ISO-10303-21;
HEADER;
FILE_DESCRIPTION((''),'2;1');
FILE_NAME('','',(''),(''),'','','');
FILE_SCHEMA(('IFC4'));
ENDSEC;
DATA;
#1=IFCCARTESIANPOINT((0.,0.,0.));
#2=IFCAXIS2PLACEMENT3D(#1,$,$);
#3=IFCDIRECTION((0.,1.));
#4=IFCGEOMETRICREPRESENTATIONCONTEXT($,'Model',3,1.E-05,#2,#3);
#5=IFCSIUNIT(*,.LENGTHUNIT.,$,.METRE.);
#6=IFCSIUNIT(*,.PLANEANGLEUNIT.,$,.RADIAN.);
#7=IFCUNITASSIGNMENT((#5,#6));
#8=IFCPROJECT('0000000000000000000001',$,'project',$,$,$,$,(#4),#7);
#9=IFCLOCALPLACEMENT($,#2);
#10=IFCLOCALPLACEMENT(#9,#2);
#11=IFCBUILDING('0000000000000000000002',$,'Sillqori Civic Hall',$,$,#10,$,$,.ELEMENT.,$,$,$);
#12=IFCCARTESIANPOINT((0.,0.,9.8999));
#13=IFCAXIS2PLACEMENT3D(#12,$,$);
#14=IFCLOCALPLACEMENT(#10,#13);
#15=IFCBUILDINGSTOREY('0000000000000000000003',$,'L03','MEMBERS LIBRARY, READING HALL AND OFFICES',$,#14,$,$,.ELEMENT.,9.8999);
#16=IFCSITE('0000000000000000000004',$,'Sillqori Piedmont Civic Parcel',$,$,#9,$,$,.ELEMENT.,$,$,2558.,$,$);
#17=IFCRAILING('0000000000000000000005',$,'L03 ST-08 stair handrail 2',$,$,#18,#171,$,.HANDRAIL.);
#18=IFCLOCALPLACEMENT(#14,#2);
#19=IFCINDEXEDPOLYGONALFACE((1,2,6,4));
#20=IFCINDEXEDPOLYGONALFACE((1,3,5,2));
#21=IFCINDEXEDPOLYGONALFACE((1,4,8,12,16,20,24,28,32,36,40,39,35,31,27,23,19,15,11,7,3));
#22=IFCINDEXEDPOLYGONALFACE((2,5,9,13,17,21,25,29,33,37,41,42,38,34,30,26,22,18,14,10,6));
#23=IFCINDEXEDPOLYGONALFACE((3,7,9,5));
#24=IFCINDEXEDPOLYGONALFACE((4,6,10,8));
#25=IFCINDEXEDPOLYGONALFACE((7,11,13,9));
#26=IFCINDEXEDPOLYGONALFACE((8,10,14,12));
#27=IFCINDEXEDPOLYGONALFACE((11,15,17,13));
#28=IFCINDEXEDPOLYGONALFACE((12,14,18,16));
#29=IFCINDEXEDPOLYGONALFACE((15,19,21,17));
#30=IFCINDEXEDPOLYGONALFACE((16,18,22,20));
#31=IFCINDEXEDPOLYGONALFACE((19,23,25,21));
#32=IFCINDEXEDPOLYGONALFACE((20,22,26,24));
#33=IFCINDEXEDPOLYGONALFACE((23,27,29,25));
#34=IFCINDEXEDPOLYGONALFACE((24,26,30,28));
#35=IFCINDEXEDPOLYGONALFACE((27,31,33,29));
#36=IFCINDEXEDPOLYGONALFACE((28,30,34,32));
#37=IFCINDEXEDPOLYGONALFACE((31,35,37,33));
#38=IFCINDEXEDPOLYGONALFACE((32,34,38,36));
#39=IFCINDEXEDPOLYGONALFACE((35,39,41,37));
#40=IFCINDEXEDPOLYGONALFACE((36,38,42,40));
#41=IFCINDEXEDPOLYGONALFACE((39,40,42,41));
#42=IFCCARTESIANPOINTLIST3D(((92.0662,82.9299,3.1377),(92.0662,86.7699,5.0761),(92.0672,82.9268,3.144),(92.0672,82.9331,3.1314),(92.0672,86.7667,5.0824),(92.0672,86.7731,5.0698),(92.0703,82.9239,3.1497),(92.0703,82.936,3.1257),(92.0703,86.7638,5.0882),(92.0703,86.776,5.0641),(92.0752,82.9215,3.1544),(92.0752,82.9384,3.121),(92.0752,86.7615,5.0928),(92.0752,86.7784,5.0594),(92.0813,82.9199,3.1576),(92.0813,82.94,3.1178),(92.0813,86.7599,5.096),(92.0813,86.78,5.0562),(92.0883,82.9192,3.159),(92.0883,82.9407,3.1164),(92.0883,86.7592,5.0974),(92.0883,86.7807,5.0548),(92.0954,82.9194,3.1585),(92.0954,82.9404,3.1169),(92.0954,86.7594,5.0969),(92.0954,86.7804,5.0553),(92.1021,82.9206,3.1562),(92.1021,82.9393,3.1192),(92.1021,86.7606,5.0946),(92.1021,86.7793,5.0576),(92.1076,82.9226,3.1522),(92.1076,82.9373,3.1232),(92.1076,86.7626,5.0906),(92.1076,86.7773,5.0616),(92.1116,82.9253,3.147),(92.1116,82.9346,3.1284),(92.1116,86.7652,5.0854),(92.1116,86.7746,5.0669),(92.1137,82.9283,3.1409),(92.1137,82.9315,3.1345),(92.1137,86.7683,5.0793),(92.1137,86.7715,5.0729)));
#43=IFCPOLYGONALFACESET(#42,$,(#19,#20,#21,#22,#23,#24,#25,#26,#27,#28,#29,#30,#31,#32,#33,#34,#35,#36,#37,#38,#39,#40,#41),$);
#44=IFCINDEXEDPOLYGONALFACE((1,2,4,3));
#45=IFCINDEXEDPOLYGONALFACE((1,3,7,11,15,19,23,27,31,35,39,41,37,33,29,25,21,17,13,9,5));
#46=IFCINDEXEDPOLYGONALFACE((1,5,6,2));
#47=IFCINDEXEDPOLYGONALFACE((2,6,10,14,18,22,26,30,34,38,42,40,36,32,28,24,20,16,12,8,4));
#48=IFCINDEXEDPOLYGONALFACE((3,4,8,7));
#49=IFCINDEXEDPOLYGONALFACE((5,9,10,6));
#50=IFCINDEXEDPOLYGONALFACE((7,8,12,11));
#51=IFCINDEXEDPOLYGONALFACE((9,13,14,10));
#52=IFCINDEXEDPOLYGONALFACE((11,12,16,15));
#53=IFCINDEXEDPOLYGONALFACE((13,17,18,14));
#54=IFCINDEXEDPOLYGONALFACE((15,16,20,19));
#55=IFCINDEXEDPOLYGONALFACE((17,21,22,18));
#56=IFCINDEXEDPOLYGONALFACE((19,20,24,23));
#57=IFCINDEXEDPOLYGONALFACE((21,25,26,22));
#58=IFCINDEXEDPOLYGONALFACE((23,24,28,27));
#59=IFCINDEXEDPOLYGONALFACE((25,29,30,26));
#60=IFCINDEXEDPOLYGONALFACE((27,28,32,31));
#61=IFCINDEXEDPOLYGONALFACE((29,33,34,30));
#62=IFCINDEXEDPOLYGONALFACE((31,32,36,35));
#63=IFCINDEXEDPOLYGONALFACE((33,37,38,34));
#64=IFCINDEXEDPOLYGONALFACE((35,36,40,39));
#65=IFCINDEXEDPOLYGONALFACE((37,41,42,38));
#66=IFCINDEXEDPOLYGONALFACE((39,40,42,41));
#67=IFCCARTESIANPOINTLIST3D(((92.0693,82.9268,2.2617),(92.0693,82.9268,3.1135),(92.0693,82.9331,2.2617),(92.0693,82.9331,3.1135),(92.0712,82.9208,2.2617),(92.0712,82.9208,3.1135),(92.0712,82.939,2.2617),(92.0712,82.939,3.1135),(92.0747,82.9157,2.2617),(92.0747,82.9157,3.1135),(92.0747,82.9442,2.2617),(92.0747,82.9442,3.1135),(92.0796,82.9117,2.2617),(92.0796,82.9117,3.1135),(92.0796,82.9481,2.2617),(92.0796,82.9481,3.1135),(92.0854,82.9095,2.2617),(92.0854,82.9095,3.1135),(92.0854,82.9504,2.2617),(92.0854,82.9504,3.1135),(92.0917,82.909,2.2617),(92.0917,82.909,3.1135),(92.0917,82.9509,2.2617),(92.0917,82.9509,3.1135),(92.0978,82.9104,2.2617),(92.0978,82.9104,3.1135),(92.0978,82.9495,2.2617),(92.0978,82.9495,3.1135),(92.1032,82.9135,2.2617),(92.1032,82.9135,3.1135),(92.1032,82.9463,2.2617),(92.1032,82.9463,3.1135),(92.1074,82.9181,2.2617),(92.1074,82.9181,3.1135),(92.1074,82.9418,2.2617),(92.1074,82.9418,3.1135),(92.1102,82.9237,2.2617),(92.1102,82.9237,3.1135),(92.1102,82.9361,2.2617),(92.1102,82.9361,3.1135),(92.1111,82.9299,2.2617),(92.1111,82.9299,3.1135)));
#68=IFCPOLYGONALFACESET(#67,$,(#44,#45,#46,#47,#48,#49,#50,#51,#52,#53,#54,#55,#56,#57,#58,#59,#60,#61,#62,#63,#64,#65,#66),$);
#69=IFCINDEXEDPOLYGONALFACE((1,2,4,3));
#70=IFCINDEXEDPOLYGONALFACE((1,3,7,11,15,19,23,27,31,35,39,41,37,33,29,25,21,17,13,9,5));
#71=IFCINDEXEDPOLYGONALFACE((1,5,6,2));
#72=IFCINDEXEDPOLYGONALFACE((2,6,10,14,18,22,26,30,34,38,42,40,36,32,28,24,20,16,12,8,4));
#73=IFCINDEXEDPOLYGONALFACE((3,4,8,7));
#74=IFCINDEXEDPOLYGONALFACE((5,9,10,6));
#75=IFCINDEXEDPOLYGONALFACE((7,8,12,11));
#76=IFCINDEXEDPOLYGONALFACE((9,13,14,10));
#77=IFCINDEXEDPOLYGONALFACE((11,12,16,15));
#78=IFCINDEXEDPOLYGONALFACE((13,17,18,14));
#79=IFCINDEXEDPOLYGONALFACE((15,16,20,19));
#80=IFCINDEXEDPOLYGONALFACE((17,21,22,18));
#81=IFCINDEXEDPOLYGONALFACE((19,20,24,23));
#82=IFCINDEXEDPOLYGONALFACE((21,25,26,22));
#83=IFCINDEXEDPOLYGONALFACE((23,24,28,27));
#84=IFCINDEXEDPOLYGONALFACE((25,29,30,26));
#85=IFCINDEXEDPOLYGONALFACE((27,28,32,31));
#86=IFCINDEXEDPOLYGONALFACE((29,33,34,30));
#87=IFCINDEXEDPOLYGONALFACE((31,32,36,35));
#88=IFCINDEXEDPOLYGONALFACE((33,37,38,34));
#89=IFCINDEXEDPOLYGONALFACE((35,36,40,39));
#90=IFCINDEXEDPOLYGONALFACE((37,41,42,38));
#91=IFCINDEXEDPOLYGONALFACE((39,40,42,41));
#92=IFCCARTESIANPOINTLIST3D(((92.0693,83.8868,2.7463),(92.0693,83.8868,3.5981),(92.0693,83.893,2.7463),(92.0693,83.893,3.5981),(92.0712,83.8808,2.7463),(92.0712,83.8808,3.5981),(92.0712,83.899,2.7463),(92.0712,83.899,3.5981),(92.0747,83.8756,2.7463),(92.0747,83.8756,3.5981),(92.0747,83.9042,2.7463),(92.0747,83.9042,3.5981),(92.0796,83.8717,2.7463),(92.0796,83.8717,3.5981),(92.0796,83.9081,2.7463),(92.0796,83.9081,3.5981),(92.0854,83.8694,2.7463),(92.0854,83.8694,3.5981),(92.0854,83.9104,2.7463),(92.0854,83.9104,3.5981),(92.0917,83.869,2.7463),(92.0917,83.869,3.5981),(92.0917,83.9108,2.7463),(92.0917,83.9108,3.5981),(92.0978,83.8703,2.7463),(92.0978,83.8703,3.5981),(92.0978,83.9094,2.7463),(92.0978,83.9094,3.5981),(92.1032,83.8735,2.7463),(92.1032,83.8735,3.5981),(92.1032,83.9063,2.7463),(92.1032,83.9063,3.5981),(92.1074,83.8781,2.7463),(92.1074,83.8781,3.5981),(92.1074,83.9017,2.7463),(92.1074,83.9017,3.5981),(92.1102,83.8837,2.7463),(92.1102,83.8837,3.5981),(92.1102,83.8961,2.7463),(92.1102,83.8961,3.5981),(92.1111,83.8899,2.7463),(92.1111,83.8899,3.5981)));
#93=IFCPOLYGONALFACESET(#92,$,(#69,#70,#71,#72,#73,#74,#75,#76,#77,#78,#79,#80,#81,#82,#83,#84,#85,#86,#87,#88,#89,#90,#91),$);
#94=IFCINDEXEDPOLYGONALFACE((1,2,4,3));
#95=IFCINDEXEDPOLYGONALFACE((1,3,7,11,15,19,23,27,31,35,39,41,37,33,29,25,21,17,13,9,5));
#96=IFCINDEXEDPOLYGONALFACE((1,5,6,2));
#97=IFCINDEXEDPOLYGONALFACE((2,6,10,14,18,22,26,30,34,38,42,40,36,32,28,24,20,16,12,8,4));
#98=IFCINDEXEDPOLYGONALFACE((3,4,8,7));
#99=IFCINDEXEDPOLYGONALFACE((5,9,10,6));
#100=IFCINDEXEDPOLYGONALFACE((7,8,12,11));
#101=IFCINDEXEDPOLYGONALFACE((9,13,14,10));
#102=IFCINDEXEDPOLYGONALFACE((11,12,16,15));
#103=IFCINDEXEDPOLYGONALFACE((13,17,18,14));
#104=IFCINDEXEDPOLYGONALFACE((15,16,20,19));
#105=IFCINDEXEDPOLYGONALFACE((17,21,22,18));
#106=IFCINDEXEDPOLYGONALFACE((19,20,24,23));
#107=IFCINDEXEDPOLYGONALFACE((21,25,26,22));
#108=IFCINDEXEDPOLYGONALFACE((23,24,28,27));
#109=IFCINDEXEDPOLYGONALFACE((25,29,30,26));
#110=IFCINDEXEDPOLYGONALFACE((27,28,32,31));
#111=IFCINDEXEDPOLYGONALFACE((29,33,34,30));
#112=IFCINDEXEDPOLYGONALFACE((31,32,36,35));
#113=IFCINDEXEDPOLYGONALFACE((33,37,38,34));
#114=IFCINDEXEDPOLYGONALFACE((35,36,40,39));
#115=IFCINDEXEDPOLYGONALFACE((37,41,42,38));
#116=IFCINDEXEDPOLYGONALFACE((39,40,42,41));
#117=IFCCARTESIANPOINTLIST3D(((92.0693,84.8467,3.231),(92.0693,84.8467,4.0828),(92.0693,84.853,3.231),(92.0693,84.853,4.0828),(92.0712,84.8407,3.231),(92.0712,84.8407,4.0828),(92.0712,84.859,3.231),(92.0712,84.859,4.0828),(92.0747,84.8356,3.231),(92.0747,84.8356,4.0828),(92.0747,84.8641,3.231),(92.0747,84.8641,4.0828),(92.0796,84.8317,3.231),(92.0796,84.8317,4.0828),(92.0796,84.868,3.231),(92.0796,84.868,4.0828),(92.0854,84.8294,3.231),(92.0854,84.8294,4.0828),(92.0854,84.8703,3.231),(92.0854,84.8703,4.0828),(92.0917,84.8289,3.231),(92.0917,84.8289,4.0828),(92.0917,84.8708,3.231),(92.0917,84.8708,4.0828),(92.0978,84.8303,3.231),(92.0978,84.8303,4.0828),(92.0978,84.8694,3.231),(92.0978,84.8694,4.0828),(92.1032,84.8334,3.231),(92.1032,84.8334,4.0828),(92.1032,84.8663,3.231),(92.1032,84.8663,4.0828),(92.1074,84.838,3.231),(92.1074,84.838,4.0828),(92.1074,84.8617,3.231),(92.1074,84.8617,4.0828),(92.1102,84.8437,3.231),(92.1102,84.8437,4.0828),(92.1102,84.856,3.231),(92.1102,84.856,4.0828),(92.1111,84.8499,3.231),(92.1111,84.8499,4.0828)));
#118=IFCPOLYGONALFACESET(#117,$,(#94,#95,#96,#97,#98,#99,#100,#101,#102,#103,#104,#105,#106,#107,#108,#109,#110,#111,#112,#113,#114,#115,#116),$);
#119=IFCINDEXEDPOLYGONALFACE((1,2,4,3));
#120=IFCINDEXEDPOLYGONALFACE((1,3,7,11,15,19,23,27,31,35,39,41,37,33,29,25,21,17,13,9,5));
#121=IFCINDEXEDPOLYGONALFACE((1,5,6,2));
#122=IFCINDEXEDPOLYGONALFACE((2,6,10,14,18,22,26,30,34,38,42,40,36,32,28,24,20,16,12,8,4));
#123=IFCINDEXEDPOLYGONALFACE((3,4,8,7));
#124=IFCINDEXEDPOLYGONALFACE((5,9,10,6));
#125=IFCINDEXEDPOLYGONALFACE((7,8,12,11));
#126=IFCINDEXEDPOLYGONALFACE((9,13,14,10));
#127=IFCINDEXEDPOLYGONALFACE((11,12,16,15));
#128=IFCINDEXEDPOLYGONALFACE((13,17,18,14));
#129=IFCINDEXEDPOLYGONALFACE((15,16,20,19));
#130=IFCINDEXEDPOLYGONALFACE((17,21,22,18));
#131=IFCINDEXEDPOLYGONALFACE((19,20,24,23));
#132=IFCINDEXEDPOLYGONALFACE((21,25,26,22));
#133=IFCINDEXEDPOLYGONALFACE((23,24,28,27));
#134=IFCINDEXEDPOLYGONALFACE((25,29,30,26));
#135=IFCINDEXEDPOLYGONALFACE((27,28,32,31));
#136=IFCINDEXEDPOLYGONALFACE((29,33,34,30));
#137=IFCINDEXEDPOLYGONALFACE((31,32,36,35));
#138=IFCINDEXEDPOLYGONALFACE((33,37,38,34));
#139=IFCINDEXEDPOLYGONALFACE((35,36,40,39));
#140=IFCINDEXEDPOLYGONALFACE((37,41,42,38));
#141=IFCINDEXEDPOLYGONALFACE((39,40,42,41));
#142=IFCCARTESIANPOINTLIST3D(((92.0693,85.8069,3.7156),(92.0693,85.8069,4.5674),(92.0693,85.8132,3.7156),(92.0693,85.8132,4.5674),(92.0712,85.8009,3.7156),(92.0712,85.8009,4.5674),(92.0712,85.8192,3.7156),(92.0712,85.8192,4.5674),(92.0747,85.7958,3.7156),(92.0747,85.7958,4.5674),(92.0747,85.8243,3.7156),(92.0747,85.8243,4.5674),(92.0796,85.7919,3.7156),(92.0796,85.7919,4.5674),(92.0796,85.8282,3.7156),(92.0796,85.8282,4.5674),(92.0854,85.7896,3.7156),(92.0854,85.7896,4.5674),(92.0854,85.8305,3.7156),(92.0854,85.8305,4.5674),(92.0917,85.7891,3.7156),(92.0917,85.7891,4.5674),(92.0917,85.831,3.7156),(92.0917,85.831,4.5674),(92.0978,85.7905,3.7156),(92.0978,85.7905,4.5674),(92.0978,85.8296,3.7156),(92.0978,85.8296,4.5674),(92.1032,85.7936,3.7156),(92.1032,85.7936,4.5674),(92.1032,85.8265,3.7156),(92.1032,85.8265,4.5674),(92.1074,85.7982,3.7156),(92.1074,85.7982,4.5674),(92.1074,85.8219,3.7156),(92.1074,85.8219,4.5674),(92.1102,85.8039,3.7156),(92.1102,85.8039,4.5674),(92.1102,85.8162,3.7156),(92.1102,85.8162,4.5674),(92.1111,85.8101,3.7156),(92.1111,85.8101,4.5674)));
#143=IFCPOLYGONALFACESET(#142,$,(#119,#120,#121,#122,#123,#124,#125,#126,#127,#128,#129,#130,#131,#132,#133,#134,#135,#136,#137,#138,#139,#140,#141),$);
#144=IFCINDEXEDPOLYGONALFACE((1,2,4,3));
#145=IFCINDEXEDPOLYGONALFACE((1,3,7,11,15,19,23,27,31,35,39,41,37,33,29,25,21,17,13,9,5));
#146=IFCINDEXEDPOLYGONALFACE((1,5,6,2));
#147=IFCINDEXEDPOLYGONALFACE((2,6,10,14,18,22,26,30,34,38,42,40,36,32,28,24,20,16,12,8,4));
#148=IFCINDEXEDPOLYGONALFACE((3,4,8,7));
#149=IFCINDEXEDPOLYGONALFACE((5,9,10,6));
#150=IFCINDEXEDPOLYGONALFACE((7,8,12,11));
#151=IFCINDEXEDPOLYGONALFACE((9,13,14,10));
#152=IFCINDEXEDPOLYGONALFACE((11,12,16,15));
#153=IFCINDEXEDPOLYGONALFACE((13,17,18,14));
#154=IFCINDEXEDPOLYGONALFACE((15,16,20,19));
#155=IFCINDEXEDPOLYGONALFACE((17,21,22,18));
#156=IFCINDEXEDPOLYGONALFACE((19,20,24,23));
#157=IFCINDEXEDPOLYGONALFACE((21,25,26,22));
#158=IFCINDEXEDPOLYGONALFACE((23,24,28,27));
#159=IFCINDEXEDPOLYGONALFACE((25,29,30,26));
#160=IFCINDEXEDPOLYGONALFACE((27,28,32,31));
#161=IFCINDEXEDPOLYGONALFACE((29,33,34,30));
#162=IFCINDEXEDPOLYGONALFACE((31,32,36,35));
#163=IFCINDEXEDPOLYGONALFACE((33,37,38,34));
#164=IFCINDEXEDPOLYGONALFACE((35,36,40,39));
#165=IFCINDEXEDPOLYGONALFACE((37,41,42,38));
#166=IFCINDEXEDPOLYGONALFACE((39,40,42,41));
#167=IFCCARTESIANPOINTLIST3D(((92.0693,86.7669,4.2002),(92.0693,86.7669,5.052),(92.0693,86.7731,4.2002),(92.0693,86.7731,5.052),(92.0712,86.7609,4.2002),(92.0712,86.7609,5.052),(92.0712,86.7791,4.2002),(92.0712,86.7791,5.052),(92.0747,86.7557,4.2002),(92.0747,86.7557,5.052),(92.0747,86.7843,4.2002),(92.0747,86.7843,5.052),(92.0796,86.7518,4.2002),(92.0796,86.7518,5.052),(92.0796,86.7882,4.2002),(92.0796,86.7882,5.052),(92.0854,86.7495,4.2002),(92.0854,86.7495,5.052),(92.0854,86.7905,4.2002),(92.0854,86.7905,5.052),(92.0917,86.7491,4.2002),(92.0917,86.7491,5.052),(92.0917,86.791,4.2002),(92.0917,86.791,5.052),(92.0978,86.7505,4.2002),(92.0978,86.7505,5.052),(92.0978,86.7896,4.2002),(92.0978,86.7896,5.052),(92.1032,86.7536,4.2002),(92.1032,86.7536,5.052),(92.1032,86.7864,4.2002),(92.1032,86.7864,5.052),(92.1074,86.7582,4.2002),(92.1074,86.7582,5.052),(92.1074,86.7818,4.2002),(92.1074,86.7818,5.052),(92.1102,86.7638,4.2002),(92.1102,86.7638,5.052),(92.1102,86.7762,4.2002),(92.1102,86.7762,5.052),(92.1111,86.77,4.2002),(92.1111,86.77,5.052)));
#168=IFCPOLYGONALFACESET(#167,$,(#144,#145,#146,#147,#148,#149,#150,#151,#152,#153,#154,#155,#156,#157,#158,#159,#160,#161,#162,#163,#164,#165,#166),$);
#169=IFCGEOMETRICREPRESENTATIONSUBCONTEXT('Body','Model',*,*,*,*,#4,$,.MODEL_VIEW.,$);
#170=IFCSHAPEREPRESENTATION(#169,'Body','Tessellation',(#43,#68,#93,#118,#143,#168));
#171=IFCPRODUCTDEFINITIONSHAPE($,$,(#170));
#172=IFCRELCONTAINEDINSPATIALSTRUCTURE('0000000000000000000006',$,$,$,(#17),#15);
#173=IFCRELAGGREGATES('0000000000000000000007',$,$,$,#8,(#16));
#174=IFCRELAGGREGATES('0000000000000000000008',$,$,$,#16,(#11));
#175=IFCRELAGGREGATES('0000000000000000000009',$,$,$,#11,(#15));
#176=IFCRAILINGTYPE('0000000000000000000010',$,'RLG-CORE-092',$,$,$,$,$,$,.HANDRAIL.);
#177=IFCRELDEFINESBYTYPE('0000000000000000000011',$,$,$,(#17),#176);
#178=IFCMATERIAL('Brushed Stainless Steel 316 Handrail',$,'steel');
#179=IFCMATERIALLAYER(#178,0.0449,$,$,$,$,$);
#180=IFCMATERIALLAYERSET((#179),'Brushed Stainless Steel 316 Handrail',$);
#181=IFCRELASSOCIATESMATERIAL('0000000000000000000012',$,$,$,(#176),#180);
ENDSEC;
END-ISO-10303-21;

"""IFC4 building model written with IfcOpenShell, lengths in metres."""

from ifc_helpers import new_model, si_unit, direction, frame, origin, origin_2d, place, context, subcontext, project, spatial, circle, extrude, material, layer, layer_set, type_object, element, save


model = new_model("IFC4")

# Units and contexts
model_context = context("Model", 3, precision=1e-05, world=origin(), true_north=direction((0.0, 1.0)))
body_context = subcontext(model_context, "Body", "Model", "MODEL_VIEW")
ifc_project = project(units=[si_unit("LENGTHUNIT", "METRE"), si_unit("PLANEANGLEUNIT", "RADIAN")], contexts=[model_context])

# Site, building, storey
site_placement = place(None, origin())
site = spatial("IfcSite", under=ifc_project, at=site_placement, Name="Sillqori Piedmont Civic Parcel", CompositionType="ELEMENT", RefElevation=2558.0)
building_placement = place(site_placement, origin())
building = spatial("IfcBuilding", under=site, at=building_placement, Name="Sillqori Civic Hall", CompositionType="ELEMENT")
storey_placement = place(building_placement, frame((0.0, 0.0, 9.8999)))
storey = spatial("IfcBuildingStorey", under=building, at=storey_placement, Name="L03", Description="MEMBERS LIBRARY, READING HALL AND OFFICES", CompositionType="ELEMENT", Elevation=9.8999)

# Railing
ifc_material_1 = material(Name="Brushed Stainless Steel 316 Handrail", Category="steel")
ifc_layer_1 = layer(ifc_material_1, 0.0449)
ifc_layer_set_1 = layer_set([ifc_layer_1], Name="Brushed Stainless Steel 316 Handrail")
railing_type_1 = type_object("IfcRailingType", Name="RLG-CORE-092", PredefinedType="HANDRAIL", material=ifc_layer_set_1)
for number, where, name in (
    (1, (92.0901, 82.9299, 2.2617), "L03 ST-08 stair handrail 2"),
):
    element("IfcRailing", number, at=place(storey_placement, frame(where)), inside=storey, type_object=railing_type_1, Name=name, PredefinedType="HANDRAIL", context=body_context, shape_type="SweptSolid", body=[
        extrude(circle(Radius=0.0239, at=origin_2d()), frame((0.0, 0.0, 0.876), z_axis=(0.0, 0.892707, 0.450638), x_axis=(-1.0, 0.0, 0.0)), (0.0, 0.0, 1.0), 4.3015),
        extrude(circle(Radius=0.021, at=origin_2d()), origin(), (0.0, 0.0, 1.0), 0.8518),
        extrude(circle(Radius=0.021, at=origin_2d()), frame((0.0, 0.96, 0.4846)), (0.0, 0.0, 1.0), 0.8518),
        extrude(circle(Radius=0.021, at=origin_2d()), frame((0.0, 1.9199, 0.9692)), (0.0, 0.0, 1.0), 0.8518),
        extrude(circle(Radius=0.021, at=origin_2d()), frame((0.0, 2.8801, 1.4539)), (0.0, 0.0, 1.0), 0.8518),
        extrude(circle(Radius=0.021, at=origin_2d()), frame((0.0, 3.8401, 1.9385)), (0.0, 0.0, 1.0), 0.8518),
    ])

save(model, "model.ifc")
